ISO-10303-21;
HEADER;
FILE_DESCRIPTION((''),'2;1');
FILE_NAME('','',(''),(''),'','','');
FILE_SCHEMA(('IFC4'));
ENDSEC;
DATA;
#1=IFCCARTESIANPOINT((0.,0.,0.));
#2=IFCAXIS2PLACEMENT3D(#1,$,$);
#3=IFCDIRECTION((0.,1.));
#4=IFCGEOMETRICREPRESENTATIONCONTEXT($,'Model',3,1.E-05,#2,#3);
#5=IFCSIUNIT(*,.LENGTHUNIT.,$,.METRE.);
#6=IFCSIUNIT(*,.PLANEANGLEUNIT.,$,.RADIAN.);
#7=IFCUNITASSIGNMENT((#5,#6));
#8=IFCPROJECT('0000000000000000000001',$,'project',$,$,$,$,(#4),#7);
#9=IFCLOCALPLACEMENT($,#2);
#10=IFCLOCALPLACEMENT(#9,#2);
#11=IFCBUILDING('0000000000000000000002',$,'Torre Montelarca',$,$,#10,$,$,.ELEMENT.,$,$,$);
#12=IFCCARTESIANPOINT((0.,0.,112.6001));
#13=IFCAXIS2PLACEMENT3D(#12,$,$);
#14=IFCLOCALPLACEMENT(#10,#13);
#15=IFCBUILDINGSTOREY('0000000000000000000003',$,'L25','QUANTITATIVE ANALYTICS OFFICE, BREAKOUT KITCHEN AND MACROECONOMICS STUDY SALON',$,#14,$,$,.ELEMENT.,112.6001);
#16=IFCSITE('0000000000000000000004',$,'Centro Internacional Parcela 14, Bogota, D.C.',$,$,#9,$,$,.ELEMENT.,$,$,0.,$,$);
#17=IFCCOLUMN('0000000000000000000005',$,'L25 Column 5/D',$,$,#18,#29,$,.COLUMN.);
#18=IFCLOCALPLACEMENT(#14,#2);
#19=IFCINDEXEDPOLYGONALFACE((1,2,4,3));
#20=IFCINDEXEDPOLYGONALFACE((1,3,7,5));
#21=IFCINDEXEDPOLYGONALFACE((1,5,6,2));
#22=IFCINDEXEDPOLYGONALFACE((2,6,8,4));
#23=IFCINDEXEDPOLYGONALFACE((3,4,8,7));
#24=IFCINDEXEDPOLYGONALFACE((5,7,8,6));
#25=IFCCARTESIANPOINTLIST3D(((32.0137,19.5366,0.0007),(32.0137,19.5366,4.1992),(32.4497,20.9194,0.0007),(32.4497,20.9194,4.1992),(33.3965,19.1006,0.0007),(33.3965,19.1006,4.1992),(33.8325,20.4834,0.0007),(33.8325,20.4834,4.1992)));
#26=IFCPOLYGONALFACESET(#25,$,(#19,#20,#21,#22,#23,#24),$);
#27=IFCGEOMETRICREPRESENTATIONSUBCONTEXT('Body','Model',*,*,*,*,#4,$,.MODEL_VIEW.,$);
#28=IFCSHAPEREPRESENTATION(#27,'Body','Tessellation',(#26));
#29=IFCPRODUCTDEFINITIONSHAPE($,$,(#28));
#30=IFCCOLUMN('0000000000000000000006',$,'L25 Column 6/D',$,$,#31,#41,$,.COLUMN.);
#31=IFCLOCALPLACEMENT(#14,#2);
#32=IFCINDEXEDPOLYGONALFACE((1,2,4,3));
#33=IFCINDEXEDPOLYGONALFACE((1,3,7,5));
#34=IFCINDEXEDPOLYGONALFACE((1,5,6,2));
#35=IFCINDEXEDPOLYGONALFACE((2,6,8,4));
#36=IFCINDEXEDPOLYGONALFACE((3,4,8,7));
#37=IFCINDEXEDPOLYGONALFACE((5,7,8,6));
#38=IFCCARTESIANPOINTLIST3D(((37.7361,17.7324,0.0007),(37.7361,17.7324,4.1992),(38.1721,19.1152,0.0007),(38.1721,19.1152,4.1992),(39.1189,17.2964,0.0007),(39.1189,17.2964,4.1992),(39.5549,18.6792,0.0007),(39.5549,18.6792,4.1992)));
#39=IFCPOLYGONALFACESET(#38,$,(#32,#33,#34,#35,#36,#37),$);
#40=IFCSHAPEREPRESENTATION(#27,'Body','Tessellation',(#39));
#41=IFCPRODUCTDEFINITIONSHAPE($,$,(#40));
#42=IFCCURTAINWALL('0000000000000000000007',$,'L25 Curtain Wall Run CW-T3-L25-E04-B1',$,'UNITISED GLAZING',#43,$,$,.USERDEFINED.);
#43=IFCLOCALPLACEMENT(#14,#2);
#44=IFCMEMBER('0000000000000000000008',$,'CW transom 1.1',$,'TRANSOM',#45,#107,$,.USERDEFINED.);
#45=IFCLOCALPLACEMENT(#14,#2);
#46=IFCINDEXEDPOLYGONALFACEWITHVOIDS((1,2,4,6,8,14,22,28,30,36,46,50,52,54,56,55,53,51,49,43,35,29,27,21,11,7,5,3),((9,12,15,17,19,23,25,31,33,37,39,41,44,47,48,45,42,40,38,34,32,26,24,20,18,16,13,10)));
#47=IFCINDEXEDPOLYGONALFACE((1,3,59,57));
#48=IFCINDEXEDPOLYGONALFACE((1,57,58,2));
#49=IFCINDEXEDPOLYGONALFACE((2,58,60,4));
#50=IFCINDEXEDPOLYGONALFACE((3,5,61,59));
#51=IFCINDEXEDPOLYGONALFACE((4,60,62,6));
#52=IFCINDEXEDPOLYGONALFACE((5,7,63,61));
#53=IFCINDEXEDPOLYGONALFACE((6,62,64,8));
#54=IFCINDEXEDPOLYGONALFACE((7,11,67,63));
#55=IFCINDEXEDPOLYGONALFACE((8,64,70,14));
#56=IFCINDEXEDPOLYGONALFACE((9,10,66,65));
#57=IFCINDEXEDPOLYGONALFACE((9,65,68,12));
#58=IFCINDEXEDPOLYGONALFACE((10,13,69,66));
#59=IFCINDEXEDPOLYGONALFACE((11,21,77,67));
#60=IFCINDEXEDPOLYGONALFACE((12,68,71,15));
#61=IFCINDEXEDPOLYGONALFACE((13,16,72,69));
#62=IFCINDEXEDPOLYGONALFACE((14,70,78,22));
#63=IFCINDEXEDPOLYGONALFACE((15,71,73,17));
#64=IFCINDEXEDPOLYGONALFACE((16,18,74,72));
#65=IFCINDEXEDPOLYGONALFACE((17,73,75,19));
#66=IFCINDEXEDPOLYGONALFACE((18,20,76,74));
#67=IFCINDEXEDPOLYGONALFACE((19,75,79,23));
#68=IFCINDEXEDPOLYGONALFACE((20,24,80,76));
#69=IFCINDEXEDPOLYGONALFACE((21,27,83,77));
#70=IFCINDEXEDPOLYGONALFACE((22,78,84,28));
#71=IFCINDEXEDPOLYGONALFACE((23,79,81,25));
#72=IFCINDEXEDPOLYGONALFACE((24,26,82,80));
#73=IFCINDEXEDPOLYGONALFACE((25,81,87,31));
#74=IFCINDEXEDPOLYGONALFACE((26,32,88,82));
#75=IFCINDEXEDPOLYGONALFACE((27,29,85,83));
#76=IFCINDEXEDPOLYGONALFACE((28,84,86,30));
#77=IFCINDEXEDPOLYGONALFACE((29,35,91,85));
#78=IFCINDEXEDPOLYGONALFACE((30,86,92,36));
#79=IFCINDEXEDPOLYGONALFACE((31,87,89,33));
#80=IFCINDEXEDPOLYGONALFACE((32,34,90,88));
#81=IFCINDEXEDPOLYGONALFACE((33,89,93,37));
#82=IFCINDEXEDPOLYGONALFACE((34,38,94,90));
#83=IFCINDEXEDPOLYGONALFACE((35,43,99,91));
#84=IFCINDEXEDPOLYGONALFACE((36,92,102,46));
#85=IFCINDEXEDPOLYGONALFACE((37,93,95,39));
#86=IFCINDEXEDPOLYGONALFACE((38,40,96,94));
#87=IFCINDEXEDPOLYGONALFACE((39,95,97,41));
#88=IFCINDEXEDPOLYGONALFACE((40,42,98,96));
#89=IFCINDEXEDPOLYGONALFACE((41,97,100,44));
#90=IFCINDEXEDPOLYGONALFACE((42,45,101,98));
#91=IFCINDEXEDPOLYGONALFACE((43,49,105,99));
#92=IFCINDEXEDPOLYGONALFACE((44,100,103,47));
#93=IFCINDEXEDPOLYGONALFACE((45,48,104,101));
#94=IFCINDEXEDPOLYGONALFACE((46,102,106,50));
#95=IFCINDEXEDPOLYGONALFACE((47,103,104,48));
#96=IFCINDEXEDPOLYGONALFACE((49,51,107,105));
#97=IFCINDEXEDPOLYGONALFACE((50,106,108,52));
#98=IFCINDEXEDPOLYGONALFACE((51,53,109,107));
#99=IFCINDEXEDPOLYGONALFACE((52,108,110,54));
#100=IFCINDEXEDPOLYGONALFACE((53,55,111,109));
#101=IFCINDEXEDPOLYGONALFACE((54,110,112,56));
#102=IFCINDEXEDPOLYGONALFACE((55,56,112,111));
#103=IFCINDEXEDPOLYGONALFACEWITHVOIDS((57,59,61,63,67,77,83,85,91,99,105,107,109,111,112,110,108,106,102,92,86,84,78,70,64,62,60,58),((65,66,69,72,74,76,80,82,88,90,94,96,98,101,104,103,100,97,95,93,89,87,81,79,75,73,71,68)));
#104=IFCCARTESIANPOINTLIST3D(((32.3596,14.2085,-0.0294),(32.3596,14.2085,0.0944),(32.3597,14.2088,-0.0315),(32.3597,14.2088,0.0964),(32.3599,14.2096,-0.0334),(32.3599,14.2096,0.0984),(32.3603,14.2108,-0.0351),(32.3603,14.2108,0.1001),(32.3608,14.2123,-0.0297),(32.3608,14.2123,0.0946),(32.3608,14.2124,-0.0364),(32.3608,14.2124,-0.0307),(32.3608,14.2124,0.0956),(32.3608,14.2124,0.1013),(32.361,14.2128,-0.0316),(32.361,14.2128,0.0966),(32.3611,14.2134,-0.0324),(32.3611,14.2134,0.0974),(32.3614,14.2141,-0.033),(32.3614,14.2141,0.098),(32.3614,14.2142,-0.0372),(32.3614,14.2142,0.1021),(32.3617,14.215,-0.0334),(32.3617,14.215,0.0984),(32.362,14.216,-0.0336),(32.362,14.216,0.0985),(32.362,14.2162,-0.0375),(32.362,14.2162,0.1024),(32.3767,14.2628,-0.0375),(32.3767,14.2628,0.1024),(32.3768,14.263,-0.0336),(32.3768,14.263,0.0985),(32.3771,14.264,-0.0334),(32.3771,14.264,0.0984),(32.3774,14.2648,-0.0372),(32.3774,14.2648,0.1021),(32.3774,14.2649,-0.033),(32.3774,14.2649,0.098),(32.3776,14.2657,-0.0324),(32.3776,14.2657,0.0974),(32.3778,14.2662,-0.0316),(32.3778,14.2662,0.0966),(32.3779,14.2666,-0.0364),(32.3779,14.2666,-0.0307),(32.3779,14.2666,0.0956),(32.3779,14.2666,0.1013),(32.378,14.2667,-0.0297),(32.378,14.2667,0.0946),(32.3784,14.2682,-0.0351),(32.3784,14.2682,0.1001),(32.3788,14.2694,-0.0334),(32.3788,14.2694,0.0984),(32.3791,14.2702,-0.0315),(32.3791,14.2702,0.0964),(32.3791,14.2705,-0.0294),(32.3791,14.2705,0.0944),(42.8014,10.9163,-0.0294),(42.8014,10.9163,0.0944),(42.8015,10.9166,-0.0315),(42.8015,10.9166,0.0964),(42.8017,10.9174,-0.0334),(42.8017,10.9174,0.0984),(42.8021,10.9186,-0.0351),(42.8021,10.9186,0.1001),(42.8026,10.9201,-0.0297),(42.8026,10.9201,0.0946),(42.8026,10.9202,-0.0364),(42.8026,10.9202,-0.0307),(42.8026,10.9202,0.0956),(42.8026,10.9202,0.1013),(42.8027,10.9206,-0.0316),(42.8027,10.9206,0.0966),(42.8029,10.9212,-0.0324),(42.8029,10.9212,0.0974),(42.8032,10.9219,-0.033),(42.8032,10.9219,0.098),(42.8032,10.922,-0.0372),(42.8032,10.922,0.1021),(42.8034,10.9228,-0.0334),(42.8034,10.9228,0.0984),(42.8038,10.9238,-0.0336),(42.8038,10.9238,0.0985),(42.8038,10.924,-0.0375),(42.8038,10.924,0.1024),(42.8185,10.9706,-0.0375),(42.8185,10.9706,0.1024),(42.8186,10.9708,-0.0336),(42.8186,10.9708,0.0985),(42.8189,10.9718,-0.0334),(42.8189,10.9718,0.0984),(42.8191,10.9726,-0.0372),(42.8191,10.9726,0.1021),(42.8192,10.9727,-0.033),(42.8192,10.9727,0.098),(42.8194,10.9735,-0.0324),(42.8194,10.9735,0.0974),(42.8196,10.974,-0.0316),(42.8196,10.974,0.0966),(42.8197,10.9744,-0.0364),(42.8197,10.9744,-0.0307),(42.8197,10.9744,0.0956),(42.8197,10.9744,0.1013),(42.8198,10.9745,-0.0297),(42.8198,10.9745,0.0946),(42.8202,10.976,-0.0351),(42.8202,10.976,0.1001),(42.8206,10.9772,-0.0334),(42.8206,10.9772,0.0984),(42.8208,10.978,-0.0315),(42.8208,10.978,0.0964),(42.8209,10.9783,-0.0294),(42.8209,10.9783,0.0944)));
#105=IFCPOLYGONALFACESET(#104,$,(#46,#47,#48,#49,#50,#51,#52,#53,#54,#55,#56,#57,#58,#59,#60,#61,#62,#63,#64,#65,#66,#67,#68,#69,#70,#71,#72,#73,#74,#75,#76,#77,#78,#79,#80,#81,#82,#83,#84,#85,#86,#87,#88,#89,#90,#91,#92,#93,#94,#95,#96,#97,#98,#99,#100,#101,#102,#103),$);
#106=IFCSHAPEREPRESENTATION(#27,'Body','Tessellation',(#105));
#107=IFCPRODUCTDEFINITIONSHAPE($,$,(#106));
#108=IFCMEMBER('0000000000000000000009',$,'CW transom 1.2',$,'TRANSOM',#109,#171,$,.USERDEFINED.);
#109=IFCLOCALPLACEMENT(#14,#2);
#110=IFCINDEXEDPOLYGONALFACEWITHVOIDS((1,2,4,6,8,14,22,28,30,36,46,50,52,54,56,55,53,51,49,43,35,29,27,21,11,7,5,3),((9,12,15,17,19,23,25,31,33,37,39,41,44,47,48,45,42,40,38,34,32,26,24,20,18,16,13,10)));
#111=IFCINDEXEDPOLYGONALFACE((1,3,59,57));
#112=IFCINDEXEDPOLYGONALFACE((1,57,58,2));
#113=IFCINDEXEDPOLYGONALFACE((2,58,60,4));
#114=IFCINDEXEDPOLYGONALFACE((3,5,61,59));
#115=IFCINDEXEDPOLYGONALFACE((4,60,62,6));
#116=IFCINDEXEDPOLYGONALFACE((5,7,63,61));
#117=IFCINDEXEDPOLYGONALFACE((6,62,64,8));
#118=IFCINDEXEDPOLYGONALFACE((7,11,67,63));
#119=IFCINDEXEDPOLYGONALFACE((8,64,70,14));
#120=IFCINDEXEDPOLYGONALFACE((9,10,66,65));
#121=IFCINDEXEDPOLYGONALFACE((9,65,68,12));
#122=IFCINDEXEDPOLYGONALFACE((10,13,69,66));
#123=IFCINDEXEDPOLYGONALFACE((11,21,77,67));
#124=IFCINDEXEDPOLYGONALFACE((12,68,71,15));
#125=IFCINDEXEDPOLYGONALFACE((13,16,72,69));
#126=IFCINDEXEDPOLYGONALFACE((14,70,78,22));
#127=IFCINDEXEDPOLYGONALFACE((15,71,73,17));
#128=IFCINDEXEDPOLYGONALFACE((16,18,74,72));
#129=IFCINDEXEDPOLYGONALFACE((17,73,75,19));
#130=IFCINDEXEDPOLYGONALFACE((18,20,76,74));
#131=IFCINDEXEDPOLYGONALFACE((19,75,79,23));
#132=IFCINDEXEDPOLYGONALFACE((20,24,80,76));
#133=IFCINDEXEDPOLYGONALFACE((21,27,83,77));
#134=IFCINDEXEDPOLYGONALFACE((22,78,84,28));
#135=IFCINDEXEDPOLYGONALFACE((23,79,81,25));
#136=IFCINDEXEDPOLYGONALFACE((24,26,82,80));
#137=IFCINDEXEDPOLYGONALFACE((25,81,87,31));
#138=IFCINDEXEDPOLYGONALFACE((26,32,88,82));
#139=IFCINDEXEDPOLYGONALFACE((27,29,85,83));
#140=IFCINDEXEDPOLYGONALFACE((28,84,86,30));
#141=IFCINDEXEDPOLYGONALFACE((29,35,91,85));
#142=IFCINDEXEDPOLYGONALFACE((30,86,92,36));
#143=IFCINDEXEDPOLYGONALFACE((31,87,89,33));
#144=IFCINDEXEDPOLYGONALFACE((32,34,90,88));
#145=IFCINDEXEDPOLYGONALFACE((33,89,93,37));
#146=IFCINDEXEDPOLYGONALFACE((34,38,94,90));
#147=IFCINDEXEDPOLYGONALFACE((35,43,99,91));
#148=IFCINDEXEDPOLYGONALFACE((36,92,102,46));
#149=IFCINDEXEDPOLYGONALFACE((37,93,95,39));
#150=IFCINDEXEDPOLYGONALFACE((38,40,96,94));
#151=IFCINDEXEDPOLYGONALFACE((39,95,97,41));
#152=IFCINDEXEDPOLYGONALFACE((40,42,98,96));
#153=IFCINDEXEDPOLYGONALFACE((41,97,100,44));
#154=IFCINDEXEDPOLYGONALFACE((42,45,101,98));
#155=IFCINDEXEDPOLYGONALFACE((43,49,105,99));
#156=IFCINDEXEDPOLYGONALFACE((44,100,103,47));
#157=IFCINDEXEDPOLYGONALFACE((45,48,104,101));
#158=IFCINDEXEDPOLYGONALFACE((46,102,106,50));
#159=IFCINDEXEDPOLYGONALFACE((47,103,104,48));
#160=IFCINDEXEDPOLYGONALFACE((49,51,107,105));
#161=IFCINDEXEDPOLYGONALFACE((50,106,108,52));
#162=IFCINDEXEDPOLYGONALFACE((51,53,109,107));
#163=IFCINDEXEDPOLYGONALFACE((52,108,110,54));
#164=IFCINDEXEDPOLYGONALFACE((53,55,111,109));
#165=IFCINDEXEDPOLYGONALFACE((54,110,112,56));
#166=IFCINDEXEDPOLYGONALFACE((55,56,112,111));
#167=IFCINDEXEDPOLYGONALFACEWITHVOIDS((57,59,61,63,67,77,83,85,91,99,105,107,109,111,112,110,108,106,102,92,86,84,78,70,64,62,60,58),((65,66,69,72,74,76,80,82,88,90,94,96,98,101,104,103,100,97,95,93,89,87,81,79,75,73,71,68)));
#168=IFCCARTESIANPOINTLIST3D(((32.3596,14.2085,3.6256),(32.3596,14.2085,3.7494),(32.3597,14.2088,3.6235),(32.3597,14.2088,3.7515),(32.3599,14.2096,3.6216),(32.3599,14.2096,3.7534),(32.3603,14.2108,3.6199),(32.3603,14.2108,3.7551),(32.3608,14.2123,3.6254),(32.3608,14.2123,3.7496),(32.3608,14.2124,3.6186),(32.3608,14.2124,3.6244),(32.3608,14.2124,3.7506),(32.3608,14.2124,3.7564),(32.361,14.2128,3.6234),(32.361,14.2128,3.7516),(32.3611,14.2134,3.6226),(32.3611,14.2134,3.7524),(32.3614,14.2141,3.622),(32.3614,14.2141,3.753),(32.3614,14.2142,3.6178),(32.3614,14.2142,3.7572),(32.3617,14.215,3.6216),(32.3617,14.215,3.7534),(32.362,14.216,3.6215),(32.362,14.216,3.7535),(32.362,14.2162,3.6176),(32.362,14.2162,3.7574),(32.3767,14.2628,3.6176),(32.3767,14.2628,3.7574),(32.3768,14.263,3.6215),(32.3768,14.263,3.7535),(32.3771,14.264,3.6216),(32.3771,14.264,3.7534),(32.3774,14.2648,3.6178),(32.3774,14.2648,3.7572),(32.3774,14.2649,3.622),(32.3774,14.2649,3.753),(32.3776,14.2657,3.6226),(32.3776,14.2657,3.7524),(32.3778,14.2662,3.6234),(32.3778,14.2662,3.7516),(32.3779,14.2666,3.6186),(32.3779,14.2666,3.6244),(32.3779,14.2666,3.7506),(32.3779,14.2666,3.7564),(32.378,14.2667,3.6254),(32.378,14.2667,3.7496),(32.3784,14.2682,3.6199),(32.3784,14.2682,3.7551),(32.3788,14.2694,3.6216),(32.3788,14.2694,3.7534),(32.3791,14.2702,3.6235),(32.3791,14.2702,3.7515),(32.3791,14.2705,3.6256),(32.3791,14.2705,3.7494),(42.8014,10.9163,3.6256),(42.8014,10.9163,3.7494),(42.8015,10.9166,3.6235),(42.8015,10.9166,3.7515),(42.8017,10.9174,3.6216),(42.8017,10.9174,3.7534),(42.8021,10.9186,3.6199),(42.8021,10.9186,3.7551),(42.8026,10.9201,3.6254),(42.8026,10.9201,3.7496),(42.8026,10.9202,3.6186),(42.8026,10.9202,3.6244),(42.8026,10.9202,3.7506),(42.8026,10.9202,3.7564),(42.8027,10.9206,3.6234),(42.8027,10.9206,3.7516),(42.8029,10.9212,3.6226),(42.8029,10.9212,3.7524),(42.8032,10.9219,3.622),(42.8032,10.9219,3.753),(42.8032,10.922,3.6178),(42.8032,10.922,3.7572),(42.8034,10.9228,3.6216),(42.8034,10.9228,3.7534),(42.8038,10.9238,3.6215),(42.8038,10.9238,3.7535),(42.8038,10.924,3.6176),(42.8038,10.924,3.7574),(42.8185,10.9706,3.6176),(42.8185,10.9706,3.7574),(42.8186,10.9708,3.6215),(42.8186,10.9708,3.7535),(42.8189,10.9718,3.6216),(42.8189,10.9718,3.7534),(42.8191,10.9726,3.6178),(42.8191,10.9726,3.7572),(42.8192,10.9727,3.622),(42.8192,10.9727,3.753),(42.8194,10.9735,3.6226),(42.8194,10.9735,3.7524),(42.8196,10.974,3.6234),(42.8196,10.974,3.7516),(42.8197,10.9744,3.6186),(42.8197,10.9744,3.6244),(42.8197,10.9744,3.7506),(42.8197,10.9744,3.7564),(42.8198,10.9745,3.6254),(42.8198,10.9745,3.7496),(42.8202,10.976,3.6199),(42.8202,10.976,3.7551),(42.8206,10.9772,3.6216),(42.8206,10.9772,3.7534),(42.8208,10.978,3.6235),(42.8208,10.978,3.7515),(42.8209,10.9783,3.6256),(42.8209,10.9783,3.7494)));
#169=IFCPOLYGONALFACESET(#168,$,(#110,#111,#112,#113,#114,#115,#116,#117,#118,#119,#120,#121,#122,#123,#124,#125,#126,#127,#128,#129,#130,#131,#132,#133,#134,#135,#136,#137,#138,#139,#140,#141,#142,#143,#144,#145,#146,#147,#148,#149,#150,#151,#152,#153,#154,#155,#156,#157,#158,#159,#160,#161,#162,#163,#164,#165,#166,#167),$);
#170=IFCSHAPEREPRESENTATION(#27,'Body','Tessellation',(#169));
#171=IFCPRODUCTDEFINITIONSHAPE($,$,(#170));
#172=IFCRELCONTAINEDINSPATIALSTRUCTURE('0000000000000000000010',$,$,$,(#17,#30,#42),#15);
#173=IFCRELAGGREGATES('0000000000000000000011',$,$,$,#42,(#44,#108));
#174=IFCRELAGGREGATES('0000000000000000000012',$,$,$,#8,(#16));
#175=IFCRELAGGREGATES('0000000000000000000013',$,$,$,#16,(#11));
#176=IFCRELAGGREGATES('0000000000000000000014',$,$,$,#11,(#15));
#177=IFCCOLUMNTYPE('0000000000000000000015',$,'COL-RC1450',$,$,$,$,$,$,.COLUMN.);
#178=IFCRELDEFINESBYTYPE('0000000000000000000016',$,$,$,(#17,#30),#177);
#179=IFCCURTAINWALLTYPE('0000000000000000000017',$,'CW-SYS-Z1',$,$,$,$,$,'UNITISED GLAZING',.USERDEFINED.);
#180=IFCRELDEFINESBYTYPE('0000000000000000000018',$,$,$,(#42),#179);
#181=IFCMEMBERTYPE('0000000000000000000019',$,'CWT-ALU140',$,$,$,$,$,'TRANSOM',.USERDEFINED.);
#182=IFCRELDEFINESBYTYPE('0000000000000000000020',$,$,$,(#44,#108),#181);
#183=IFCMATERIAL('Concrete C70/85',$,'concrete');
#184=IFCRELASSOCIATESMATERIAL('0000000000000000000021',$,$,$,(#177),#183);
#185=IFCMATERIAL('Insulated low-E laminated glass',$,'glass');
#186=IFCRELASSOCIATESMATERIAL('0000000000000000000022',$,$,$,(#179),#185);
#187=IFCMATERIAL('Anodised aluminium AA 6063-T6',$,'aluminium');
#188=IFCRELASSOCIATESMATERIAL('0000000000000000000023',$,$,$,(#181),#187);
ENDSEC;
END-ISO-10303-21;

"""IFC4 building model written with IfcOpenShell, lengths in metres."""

from ifc_helpers import new_model, si_unit, direction, frame, origin, origin_2d, place, context, subcontext, project, spatial, rectangle, hollow_rectangle, extrude, source, transform, mapped, material, material_profile, profile_set, type_object, element, aggregate, save


model = new_model("IFC4")

# Units and contexts
model_context = context("Model", 3, precision=1e-05, world=origin(), true_north=direction((0.0, 1.0)))
body_context = subcontext(model_context, "Body", "Model", "MODEL_VIEW")
ifc_project = project(units=[si_unit("LENGTHUNIT", "METRE"), si_unit("PLANEANGLEUNIT", "RADIAN")], contexts=[model_context])

# Site, building, storey
site_placement = place(None, origin())
site = spatial("IfcSite", under=ifc_project, at=site_placement, Name="Centro Internacional Parcela 14, Bogota, D.C.", CompositionType="ELEMENT", RefElevation=0.0)
building_placement = place(site_placement, origin())
building = spatial("IfcBuilding", under=site, at=building_placement, Name="Torre Montelarca", CompositionType="ELEMENT")
storey_placement = place(building_placement, frame((0.0, 0.0, 112.6001)))
storey = spatial("IfcBuildingStorey", under=building, at=storey_placement, Name="L25", Description="QUANTITATIVE ANALYTICS OFFICE, BREAKOUT KITCHEN AND MACROECONOMICS STUDY SALON", CompositionType="ELEMENT", Elevation=112.6001)

# Columns
ifc_material_1 = material(Name="Concrete C70/85", Category="concrete")
ifc_material_profile_1 = material_profile(ifc_material_1, rectangle(XDim=1.45, YDim=1.45, at=origin_2d()), Name="RC1450X1450", Category="concrete")
ifc_profile_set_1 = profile_set([ifc_material_profile_1], Name="Concrete C70/85")
column_type = type_object("IfcColumnType", Name="COL-RC1450", PredefinedType="COLUMN", material=ifc_profile_set_1)
shared_shape_1 = source(origin(), body_context, "Body", "SweptSolid", [
    extrude(rectangle(XDim=1.45, YDim=1.45, at=origin_2d()), origin(), (0.0, 0.0, 1.0), 4.1985),
])
for number, where, z_axis, x_axis, name in (
    (1, (32.9231, 20.01, 0.0007), (0.0, 0.0, 1.0), (-0.953717, 0.300706, 0.0), "L25 Column 5/D"),
    (2, (38.6455, 18.2058, 0.0007), (0.0, 0.0, 1.0), (-0.953717, 0.300706, 0.0), "L25 Column 6/D"),
):
    element("IfcColumn", number, at=place(storey_placement, frame(where, z_axis=z_axis, x_axis=x_axis)), inside=storey, type_object=column_type, Name=name, PredefinedType="COLUMN", context=body_context, shape_type="MappedRepresentation", body=[
        mapped(shared_shape_1, transform((0.0, 0.0, 0.0), scale=1.0)),
    ])

# Curtain wall, members
ifc_material_2 = material(Name="Insulated low-E laminated glass", Category="glass")
curtain_wall_type = type_object("IfcCurtainWallType", Name="CW-SYS-Z1", ElementType="UNITISED GLAZING", PredefinedType="USERDEFINED", material=ifc_material_2)
curtain_wall_1_placement = place(storey_placement, origin())
curtain_wall_1 = element("IfcCurtainWall", 3, at=curtain_wall_1_placement, inside=storey, type_object=curtain_wall_type, Name="L25 Curtain Wall Run CW-T3-L25-E04-B1", ObjectType="UNITISED GLAZING", PredefinedType="USERDEFINED")
ifc_material_3 = material(Name="Anodised aluminium AA 6063-T6", Category="aluminium")
ifc_material_profile_2 = material_profile(ifc_material_3, hollow_rectangle(XDim=0.0649, YDim=0.1399, WallThickness=0.0039, InnerFilletRadius=0.0039, OuterFilletRadius=0.0081, at=origin_2d()), Name="ALU65X140X4", Category="aluminium")
ifc_profile_set_2 = profile_set([ifc_material_profile_2], Name="Anodised aluminium AA 6063-T6")
member_type_1 = type_object("IfcMemberType", Name="CWT-ALU140", ElementType="TRANSOM", PredefinedType="USERDEFINED", material=ifc_profile_set_2)
shared_shape_2 = source(origin(), body_context, "Body", "SweptSolid", [
    extrude(hollow_rectangle(XDim=0.0649, YDim=0.1399, WallThickness=0.0039, InnerFilletRadius=0.0039, OuterFilletRadius=0.0081, at=origin_2d()), origin(), (0.0, 0.0, 1.0), 10.9485),
])
member_1_placement = place(storey_placement, frame((32.3694, 14.2395, 0.0325), z_axis=(0.953719, -0.300699, 0.0), x_axis=(0.300699, 0.953719, 0.0)))
member_1 = element("IfcMember", 4, at=member_1_placement, type_object=member_type_1, Name="CW transom 1.1", ObjectType="TRANSOM", PredefinedType="USERDEFINED", context=body_context, shape_type="MappedRepresentation", body=[
    mapped(shared_shape_2, transform((0.0, 0.0, 0.0), scale=1.0)),
])
member_2_placement = place(storey_placement, frame((32.3694, 14.2395, 3.6875), z_axis=(0.953719, -0.300699, 0.0), x_axis=(0.300699, 0.953719, 0.0)))
member_2 = element("IfcMember", 5, at=member_2_placement, type_object=member_type_1, Name="CW transom 1.2", ObjectType="TRANSOM", PredefinedType="USERDEFINED", context=body_context, shape_type="MappedRepresentation", body=[
    mapped(shared_shape_2, transform((0.0, 0.0, 0.0), scale=1.0)),
])

aggregate(curtain_wall_1, [member_1, member_2])

save(model, "model.ifc")
